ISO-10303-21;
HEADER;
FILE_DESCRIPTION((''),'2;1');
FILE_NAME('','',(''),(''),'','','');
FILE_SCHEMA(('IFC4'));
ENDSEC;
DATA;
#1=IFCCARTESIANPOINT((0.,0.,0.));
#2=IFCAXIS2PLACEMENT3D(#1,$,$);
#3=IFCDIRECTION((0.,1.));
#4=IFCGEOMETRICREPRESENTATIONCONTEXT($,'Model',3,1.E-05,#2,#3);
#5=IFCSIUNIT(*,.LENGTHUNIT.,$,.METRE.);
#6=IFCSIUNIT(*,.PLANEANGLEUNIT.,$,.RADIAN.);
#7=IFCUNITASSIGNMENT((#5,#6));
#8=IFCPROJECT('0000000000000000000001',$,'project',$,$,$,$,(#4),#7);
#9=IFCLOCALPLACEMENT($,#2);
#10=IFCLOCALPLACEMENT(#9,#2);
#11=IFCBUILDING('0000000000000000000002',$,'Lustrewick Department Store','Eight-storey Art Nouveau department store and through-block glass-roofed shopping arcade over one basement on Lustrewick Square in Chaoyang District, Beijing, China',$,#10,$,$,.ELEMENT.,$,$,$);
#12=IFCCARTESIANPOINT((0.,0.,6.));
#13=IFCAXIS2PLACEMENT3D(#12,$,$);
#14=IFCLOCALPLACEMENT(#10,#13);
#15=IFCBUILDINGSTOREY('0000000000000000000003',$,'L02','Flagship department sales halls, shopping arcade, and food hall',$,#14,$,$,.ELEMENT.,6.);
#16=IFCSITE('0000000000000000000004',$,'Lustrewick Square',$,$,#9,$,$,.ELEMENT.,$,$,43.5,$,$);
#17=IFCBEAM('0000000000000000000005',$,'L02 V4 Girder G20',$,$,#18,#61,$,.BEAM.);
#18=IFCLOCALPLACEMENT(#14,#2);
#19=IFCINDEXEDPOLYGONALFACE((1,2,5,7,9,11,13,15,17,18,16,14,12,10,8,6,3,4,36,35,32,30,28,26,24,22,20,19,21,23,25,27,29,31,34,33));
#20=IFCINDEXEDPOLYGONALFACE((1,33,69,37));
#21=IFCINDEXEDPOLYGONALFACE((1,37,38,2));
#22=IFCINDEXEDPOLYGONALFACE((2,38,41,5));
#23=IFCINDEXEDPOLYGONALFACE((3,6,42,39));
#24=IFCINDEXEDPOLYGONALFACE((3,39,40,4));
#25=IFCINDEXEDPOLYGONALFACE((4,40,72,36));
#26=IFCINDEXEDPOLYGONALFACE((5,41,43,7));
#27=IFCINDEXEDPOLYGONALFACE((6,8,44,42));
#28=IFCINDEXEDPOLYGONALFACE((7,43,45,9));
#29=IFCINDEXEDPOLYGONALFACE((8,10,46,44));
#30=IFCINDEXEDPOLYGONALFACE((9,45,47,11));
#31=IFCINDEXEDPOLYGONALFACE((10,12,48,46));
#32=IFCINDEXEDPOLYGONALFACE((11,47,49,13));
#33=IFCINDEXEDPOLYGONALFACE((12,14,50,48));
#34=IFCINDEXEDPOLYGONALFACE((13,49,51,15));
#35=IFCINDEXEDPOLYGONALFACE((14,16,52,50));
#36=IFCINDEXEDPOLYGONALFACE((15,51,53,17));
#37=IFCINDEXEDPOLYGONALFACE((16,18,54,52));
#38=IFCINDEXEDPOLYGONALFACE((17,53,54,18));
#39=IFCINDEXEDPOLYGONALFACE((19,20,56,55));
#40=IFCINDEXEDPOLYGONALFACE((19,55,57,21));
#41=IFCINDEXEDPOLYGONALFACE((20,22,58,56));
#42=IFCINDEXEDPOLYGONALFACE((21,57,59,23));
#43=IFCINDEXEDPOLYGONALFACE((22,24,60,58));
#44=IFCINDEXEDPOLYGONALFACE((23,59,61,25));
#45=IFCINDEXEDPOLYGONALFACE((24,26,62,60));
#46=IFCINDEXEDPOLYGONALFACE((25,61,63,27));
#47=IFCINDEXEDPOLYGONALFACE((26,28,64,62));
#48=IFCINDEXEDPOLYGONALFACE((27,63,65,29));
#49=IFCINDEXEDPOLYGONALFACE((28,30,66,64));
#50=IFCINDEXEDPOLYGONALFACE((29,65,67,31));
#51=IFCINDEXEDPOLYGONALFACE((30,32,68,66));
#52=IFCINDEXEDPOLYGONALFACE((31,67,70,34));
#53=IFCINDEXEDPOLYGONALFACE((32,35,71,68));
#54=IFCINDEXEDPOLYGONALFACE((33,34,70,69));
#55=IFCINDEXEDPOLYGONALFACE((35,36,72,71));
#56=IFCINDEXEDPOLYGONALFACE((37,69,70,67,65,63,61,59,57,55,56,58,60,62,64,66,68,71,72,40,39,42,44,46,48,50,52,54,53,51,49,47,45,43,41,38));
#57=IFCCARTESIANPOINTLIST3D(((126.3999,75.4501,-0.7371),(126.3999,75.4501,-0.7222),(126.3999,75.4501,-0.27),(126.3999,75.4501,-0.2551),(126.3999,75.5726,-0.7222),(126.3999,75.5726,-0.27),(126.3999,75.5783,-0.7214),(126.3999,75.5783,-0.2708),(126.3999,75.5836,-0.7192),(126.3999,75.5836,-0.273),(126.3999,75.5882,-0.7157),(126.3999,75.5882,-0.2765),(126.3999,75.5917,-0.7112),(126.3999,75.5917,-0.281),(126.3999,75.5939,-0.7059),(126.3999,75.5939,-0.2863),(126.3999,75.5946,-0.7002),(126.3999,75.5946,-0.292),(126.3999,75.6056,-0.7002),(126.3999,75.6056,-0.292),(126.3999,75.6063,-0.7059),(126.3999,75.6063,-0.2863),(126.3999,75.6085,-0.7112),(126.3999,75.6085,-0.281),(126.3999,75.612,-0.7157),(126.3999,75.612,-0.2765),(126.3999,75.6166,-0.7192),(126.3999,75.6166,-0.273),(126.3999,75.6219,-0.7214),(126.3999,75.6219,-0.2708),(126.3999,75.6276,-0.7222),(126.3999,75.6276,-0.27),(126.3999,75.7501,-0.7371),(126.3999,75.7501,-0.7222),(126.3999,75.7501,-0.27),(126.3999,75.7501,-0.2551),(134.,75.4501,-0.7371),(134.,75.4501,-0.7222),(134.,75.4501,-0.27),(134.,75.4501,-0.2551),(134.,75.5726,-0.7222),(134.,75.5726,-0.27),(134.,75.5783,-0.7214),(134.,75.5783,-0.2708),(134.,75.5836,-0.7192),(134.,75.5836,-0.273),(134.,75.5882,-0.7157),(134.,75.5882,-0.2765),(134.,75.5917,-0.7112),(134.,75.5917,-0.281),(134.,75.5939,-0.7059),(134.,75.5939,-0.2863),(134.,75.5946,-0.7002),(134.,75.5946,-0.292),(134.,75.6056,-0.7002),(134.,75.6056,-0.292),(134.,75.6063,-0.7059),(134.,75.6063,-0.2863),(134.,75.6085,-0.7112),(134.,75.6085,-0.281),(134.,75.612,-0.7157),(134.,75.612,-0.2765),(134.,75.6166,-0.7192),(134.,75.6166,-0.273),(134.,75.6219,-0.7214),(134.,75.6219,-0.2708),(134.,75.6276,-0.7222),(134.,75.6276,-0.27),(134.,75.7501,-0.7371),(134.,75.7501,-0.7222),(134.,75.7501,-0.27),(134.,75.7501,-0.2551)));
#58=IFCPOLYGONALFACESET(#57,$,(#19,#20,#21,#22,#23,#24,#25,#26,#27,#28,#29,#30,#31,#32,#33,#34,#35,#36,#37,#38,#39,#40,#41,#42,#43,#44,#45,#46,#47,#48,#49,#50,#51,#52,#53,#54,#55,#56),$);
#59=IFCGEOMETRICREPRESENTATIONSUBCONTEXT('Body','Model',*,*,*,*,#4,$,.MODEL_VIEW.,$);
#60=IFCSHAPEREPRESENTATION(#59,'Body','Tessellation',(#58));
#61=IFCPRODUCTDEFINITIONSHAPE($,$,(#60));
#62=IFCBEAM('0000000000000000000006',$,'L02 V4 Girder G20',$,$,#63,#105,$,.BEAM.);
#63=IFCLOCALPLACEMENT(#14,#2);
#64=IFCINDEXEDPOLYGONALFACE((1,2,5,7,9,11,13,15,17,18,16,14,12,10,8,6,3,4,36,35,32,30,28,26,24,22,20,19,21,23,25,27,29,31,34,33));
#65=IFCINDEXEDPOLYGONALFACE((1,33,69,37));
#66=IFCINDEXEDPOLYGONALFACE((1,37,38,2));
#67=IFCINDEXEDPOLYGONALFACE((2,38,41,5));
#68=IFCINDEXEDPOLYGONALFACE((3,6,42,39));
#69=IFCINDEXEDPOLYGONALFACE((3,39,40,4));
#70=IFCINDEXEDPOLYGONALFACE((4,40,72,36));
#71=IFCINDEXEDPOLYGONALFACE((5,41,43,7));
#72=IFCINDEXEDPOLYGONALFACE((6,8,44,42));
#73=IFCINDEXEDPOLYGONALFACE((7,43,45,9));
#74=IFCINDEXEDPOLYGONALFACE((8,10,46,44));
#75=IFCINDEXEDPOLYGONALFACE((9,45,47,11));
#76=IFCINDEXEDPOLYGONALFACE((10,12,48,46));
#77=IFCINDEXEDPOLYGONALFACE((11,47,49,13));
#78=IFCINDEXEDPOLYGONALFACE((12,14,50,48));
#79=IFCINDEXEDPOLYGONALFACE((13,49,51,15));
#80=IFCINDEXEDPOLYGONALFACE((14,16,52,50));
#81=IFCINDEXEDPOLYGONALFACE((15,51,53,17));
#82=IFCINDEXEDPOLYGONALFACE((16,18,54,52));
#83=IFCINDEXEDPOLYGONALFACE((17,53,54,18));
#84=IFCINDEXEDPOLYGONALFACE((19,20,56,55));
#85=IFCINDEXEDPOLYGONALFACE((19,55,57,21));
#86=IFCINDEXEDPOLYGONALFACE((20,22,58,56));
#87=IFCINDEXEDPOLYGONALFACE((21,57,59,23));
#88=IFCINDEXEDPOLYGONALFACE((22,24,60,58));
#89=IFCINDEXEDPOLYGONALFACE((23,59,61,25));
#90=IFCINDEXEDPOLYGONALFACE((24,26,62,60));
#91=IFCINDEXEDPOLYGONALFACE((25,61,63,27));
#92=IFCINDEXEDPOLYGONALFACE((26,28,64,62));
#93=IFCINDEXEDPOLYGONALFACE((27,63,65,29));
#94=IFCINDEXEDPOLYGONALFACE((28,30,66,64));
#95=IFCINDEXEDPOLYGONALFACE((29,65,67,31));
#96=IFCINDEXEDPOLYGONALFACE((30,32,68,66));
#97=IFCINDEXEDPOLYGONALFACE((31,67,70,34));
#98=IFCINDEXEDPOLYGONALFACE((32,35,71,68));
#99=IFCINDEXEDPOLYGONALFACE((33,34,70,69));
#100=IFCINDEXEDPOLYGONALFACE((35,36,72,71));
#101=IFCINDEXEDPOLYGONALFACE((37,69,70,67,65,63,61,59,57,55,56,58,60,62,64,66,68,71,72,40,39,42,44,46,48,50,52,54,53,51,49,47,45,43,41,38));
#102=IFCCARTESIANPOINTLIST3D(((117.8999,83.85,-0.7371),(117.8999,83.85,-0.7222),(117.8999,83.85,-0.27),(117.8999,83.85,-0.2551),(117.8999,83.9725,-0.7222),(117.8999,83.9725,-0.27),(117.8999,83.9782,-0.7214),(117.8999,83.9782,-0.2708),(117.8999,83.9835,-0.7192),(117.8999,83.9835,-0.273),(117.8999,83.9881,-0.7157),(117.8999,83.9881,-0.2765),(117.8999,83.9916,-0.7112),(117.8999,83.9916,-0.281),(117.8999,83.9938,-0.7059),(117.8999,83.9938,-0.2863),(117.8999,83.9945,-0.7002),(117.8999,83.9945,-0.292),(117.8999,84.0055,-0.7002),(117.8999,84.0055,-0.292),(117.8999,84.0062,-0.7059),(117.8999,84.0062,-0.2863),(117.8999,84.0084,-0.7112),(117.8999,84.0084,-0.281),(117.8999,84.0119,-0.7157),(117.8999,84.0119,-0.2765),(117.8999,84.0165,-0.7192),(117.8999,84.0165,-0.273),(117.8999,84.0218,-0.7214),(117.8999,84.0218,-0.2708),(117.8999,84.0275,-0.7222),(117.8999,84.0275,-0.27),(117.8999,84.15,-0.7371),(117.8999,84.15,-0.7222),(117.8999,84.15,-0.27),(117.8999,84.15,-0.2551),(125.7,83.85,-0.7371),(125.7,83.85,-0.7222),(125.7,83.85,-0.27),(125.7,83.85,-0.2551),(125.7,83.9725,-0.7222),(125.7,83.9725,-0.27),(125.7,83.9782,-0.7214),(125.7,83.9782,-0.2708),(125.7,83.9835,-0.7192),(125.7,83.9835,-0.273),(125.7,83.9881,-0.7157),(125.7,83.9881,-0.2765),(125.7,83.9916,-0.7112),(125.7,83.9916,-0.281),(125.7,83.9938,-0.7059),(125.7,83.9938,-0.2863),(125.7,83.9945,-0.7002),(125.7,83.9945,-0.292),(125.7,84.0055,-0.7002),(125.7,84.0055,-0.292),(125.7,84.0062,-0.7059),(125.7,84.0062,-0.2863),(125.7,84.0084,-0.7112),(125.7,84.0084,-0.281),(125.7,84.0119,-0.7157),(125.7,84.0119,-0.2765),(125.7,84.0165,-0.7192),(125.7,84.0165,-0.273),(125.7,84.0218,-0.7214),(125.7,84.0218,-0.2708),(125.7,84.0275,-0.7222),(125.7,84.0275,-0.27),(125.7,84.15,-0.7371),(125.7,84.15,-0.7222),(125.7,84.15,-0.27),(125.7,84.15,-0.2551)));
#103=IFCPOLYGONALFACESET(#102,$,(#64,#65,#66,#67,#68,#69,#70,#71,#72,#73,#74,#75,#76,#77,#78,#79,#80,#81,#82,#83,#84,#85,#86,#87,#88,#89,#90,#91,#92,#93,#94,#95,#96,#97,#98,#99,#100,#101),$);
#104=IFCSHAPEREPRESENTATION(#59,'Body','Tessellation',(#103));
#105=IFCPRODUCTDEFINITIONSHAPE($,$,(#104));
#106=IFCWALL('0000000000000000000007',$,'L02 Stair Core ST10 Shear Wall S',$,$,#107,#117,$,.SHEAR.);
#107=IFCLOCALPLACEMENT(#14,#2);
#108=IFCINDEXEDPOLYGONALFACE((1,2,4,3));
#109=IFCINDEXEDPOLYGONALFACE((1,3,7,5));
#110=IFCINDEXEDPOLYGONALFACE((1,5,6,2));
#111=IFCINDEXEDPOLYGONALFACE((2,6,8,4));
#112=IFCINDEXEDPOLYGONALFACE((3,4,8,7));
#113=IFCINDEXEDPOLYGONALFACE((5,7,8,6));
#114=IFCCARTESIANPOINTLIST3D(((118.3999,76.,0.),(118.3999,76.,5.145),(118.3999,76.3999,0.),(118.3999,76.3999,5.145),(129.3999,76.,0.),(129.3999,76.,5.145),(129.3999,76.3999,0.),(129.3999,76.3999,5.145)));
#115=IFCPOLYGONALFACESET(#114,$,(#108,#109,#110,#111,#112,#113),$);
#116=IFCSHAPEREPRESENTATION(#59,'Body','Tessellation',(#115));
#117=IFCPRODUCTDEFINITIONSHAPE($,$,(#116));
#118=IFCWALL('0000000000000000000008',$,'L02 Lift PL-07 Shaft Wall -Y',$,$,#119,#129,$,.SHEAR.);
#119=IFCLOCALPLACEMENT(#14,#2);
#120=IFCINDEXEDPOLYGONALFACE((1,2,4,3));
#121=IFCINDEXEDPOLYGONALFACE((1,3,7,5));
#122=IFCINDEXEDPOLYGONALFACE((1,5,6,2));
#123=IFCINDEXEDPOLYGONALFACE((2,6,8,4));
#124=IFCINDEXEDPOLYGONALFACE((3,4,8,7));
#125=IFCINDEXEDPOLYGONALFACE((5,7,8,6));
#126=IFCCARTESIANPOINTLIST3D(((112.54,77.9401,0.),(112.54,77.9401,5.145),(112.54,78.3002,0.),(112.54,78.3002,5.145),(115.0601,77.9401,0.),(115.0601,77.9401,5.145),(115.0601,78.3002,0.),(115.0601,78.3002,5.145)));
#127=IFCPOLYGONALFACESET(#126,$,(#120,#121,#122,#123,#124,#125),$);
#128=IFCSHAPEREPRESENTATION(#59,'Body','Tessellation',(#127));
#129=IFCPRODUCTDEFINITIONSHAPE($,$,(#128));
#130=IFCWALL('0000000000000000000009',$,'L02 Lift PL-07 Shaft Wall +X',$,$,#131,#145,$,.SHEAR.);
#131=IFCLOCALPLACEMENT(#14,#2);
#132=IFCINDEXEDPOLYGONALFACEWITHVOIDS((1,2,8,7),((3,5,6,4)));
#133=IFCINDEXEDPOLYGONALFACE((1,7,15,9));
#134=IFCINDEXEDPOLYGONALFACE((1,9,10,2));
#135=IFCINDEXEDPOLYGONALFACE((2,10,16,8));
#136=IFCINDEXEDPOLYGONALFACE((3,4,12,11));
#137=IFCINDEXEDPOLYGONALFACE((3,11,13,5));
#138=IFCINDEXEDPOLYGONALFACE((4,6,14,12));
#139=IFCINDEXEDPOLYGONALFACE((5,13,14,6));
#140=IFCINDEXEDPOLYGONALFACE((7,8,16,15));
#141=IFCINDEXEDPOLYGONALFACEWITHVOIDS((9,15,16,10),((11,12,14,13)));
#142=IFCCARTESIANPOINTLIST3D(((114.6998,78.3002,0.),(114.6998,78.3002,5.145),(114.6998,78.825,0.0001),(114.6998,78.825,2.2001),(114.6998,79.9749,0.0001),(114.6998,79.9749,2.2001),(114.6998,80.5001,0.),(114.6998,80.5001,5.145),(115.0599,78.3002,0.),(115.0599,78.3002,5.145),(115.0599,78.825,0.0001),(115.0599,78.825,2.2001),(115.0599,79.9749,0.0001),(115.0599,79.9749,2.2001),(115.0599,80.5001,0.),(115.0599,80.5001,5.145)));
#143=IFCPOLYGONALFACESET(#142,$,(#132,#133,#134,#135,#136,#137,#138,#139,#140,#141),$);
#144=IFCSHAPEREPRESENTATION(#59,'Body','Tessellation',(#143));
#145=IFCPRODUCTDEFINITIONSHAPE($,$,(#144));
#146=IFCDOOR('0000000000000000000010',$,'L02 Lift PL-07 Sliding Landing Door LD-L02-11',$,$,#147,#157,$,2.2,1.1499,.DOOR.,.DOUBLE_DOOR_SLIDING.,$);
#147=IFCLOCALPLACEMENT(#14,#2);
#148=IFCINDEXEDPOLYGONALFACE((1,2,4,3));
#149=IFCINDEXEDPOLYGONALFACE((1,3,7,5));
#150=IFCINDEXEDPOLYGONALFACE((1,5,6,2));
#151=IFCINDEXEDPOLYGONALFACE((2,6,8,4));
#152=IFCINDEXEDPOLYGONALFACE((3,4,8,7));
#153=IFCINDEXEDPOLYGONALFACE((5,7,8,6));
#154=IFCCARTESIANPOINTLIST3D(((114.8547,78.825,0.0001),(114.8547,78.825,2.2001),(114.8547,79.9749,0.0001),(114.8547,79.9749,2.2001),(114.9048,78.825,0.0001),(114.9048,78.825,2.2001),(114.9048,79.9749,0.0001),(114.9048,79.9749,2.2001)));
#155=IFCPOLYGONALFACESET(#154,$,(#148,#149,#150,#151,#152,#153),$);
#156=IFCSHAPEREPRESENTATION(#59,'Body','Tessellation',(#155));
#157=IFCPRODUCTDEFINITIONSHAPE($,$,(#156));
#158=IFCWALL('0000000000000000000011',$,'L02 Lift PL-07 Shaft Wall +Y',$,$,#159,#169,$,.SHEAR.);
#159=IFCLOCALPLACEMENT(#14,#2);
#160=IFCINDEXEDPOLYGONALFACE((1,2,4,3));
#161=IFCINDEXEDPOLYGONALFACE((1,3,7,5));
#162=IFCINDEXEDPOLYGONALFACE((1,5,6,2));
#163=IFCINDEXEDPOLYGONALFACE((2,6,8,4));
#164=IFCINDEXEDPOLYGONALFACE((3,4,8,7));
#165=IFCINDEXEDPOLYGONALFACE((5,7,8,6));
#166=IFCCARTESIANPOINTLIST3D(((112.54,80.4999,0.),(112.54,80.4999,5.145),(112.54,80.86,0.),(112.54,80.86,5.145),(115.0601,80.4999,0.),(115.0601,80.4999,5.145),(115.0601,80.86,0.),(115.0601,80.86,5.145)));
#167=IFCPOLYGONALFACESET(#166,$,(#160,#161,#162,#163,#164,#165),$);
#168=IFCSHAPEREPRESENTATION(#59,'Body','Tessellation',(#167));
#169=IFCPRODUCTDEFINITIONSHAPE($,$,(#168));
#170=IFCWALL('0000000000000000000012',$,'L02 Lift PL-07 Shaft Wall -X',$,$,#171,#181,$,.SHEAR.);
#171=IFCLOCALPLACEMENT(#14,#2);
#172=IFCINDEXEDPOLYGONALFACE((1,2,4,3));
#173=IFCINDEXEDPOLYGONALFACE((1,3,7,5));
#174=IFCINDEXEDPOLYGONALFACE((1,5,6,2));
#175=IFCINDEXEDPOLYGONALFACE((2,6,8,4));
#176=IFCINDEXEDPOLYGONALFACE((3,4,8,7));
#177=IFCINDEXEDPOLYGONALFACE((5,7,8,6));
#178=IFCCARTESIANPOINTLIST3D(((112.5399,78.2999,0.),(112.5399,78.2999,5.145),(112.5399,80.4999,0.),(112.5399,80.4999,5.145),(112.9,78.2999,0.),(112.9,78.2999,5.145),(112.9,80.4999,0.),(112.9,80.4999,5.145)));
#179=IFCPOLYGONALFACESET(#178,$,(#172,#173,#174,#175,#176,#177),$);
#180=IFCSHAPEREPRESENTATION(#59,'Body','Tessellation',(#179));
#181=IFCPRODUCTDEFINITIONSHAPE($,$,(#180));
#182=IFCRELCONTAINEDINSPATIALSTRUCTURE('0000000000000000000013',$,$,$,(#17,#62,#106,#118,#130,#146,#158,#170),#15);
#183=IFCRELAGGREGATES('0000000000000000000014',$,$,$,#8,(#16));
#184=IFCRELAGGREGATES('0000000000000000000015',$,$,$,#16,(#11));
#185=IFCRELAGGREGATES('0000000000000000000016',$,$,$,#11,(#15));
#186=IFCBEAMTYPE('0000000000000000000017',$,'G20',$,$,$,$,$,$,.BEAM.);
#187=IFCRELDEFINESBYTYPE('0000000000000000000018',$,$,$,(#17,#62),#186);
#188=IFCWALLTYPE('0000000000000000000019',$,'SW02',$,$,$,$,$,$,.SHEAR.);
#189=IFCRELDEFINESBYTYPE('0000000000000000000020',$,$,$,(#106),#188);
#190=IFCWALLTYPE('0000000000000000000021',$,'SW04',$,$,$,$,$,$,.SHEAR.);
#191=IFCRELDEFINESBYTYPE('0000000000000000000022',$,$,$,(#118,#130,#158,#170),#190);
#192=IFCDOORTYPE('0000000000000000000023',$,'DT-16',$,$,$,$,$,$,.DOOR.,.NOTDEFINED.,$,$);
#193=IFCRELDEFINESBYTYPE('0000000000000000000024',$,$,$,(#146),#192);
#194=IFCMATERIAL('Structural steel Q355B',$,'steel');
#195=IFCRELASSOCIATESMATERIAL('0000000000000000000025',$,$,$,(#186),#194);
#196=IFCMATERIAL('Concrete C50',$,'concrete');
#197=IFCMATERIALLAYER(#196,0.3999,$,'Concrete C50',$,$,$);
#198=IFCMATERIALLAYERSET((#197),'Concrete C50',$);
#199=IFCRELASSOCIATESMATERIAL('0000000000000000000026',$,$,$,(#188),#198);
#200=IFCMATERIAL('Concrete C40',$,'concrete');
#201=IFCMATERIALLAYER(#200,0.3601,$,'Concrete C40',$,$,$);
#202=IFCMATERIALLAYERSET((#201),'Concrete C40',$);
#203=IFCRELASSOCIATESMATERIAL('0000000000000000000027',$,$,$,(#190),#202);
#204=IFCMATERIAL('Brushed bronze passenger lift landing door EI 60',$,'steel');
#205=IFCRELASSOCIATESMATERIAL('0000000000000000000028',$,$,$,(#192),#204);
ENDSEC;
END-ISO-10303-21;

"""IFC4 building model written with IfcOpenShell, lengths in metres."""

from ifc_helpers import new_model, si_unit, direction, frame, frame_2d, origin, origin_2d, place, context, subcontext, project, spatial, rectangle, i_section, extrude, material, layer, layer_set, material_profile, profile_set, type_object, element, fill, save


model = new_model("IFC4")

# Units and contexts
model_context = context("Model", 3, precision=1e-05, world=origin(), true_north=direction((0.0, 1.0)))
body_context = subcontext(model_context, "Body", "Model", "MODEL_VIEW")
ifc_project = project(units=[si_unit("LENGTHUNIT", "METRE"), si_unit("PLANEANGLEUNIT", "RADIAN")], contexts=[model_context])

# Site, building, storey
site_placement = place(None, origin())
site = spatial("IfcSite", under=ifc_project, at=site_placement, Name="Lustrewick Square", CompositionType="ELEMENT", RefElevation=43.5)
building_placement = place(site_placement, origin())
building = spatial("IfcBuilding", under=site, at=building_placement, Name="Lustrewick Department Store", Description="Eight-storey Art Nouveau department store and through-block glass-roofed shopping arcade over one basement on Lustrewick Square in Chaoyang District, Beijing, China", CompositionType="ELEMENT")
storey_placement = place(building_placement, frame((0.0, 0.0, 6.0)))
storey = spatial("IfcBuildingStorey", under=building, at=storey_placement, Name="L02", Description="Flagship department sales halls, shopping arcade, and food hall", CompositionType="ELEMENT", Elevation=6.0)

# Shared definitions
ifc_material_1 = material(Name="Concrete C40", Category="concrete")
ifc_material_2 = material(Name="Structural steel Q355B", Category="steel")

# Beams
ifc_material_profile_1 = material_profile(ifc_material_2, i_section(OverallWidth=0.3, OverallDepth=0.4819, WebThickness=0.011, FlangeThickness=0.0149, FilletRadius=0.022, at=origin_2d()), Name="HM 482x300x11x15")
ifc_profile_set_1 = profile_set([ifc_material_profile_1], Name="Structural steel Q355B")
beam_type_1 = type_object("IfcBeamType", Name="G20", PredefinedType="BEAM", material=ifc_profile_set_1)
beam_1_placement = place(storey_placement, frame((126.3999, 75.6001, -0.4961), z_axis=(1.0, 0.0, 0.0), x_axis=(0.0, 1.0, 0.0)))
element("IfcBeam", 1, at=beam_1_placement, inside=storey, type_object=beam_type_1, Name="L02 V4 Girder G20", PredefinedType="BEAM", context=body_context, shape_type="SweptSolid", body=[
    extrude(i_section(OverallWidth=0.3, OverallDepth=0.4819, WebThickness=0.011, FlangeThickness=0.0149, FilletRadius=0.022, at=origin_2d()), origin(), (0.0, 0.0, 1.0), 7.6001),
])
beam_2_placement = place(storey_placement, frame((117.8999, 84.0, -0.4961), z_axis=(1.0, 0.0, 0.0), x_axis=(0.0, 1.0, 0.0)))
element("IfcBeam", 2, at=beam_2_placement, inside=storey, type_object=beam_type_1, Name="L02 V4 Girder G20", PredefinedType="BEAM", context=body_context, shape_type="SweptSolid", body=[
    extrude(i_section(OverallWidth=0.3, OverallDepth=0.4819, WebThickness=0.011, FlangeThickness=0.0149, FilletRadius=0.022, at=origin_2d()), origin(), (0.0, 0.0, 1.0), 7.8),
])

# Wall
ifc_material_3 = material(Name="Concrete C50", Category="concrete")
ifc_layer_1 = layer(ifc_material_3, 0.3999, Name="Concrete C50")
ifc_layer_set_1 = layer_set([ifc_layer_1], Name="Concrete C50")
wall_type_1 = type_object("IfcWallType", Name="SW02", PredefinedType="SHEAR", material=ifc_layer_set_1)
wall_1_placement = place(storey_placement, frame((118.3999, 76.2, 0.0), z_axis=(0.0, 0.0, 1.0), x_axis=(1.0, 0.0, 0.0)))
element("IfcWall", 3, at=wall_1_placement, inside=storey, type_object=wall_type_1, Name="L02 Stair Core ST10 Shear Wall S", PredefinedType="SHEAR", context=body_context, shape_type="SweptSolid", body=[
    extrude(rectangle(XDim=11.0, YDim=0.3999, at=frame_2d((5.5, 0.0))), origin(), (0.0, 0.0, 1.0), 5.145),
])

# Wall
ifc_layer_2 = layer(ifc_material_1, 0.3601, Name="Concrete C40")
ifc_layer_set_2 = layer_set([ifc_layer_2], Name="Concrete C40")
wall_type_2 = type_object("IfcWallType", Name="SW04", PredefinedType="SHEAR", material=ifc_layer_set_2)
wall_2_placement = place(storey_placement, frame((112.54, 78.1201, 0.0), z_axis=(0.0, 0.0, 1.0), x_axis=(1.0, 0.0, 0.0)))
element("IfcWall", 4, at=wall_2_placement, inside=storey, type_object=wall_type_2, Name="L02 Lift PL-07 Shaft Wall -Y", PredefinedType="SHEAR", context=body_context, shape_type="SweptSolid", body=[
    extrude(rectangle(XDim=2.52, YDim=0.3601, at=frame_2d((1.26, 0.0))), origin(), (0.0, 0.0, 1.0), 5.145),
])

# Wall, opening, door
wall_3_placement = place(storey_placement, frame((114.8799, 78.3, 0.0), z_axis=(0.0, 0.0, 1.0), x_axis=(0.0, 1.0, 0.0)))
wall_3 = element("IfcWall", 5, at=wall_3_placement, inside=storey, type_object=wall_type_2, Name="L02 Lift PL-07 Shaft Wall +X", PredefinedType="SHEAR", context=body_context, shape_type="SweptSolid", body=[
    extrude(rectangle(XDim=2.2, YDim=0.3601, at=frame_2d((1.1001, 0.0))), origin(), (0.0, 0.0, 1.0), 5.145),
])
opening_1_placement = place(wall_3_placement, frame((0.5249, 0.0, 0.0)))
opening_1 = element("IfcOpeningElement", 6, at=opening_1_placement, cuts=wall_3, PredefinedType="OPENING", context=body_context, shape_type="SweptSolid", body=[
    extrude(rectangle(XDim=1.1499, YDim=2.2, at=frame_2d((0.575, 1.1001))), frame((0.0, 0.1899, 0.0), z_axis=(0.0, -1.0, 0.0), x_axis=(1.0, 0.0, 0.0)), (0.0, 0.0, 1.0), 0.3801),
])
ifc_material_4 = material(Name="Brushed bronze passenger lift landing door EI 60", Category="steel")
door_type_1 = type_object("IfcDoorType", Name="DT-16", OperationType="NOTDEFINED", PredefinedType="DOOR", material=ifc_material_4)
door_1_placement = place(opening_1_placement, frame((1.1499, 0.0, 0.0), z_axis=(0.0, 0.0, 1.0), x_axis=(-1.0, 0.0, 0.0)))
door_1 = element("IfcDoor", 7, at=door_1_placement, inside=storey, type_object=door_type_1, Name="L02 Lift PL-07 Sliding Landing Door LD-L02-11", OperationType="DOUBLE_DOOR_SLIDING", OverallHeight=2.2, OverallWidth=1.1499, PredefinedType="DOOR", context=body_context, shape_type="SweptSolid", body=[
    extrude(rectangle(XDim=1.1499, YDim=2.2, at=frame_2d((0.575, 1.1001))), frame((0.0, 0.0249, 0.0), z_axis=(0.0, -1.0, 0.0), x_axis=(1.0, 0.0, 0.0)), (0.0, 0.0, 1.0), 0.05),
])
fill(opening_1, door_1)

# Walls
wall_4_placement = place(storey_placement, frame((115.0601, 80.6799, 0.0), z_axis=(0.0, 0.0, 1.0), x_axis=(-1.0, 0.0, 0.0)))
element("IfcWall", 8, at=wall_4_placement, inside=storey, type_object=wall_type_2, Name="L02 Lift PL-07 Shaft Wall +Y", PredefinedType="SHEAR", context=body_context, shape_type="SweptSolid", body=[
    extrude(rectangle(XDim=2.52, YDim=0.3601, at=frame_2d((1.26, 0.0))), origin(), (0.0, 0.0, 1.0), 5.145),
])
wall_5_placement = place(storey_placement, frame((112.72, 80.5, 0.0), z_axis=(0.0, 0.0, 1.0), x_axis=(0.0, -1.0, 0.0)))
element("IfcWall", 9, at=wall_5_placement, inside=storey, type_object=wall_type_2, Name="L02 Lift PL-07 Shaft Wall -X", PredefinedType="SHEAR", context=body_context, shape_type="SweptSolid", body=[
    extrude(rectangle(XDim=2.2, YDim=0.3601, at=frame_2d((1.1001, 0.0))), origin(), (0.0, 0.0, 1.0), 5.145),
])

save(model, "model.ifc")
